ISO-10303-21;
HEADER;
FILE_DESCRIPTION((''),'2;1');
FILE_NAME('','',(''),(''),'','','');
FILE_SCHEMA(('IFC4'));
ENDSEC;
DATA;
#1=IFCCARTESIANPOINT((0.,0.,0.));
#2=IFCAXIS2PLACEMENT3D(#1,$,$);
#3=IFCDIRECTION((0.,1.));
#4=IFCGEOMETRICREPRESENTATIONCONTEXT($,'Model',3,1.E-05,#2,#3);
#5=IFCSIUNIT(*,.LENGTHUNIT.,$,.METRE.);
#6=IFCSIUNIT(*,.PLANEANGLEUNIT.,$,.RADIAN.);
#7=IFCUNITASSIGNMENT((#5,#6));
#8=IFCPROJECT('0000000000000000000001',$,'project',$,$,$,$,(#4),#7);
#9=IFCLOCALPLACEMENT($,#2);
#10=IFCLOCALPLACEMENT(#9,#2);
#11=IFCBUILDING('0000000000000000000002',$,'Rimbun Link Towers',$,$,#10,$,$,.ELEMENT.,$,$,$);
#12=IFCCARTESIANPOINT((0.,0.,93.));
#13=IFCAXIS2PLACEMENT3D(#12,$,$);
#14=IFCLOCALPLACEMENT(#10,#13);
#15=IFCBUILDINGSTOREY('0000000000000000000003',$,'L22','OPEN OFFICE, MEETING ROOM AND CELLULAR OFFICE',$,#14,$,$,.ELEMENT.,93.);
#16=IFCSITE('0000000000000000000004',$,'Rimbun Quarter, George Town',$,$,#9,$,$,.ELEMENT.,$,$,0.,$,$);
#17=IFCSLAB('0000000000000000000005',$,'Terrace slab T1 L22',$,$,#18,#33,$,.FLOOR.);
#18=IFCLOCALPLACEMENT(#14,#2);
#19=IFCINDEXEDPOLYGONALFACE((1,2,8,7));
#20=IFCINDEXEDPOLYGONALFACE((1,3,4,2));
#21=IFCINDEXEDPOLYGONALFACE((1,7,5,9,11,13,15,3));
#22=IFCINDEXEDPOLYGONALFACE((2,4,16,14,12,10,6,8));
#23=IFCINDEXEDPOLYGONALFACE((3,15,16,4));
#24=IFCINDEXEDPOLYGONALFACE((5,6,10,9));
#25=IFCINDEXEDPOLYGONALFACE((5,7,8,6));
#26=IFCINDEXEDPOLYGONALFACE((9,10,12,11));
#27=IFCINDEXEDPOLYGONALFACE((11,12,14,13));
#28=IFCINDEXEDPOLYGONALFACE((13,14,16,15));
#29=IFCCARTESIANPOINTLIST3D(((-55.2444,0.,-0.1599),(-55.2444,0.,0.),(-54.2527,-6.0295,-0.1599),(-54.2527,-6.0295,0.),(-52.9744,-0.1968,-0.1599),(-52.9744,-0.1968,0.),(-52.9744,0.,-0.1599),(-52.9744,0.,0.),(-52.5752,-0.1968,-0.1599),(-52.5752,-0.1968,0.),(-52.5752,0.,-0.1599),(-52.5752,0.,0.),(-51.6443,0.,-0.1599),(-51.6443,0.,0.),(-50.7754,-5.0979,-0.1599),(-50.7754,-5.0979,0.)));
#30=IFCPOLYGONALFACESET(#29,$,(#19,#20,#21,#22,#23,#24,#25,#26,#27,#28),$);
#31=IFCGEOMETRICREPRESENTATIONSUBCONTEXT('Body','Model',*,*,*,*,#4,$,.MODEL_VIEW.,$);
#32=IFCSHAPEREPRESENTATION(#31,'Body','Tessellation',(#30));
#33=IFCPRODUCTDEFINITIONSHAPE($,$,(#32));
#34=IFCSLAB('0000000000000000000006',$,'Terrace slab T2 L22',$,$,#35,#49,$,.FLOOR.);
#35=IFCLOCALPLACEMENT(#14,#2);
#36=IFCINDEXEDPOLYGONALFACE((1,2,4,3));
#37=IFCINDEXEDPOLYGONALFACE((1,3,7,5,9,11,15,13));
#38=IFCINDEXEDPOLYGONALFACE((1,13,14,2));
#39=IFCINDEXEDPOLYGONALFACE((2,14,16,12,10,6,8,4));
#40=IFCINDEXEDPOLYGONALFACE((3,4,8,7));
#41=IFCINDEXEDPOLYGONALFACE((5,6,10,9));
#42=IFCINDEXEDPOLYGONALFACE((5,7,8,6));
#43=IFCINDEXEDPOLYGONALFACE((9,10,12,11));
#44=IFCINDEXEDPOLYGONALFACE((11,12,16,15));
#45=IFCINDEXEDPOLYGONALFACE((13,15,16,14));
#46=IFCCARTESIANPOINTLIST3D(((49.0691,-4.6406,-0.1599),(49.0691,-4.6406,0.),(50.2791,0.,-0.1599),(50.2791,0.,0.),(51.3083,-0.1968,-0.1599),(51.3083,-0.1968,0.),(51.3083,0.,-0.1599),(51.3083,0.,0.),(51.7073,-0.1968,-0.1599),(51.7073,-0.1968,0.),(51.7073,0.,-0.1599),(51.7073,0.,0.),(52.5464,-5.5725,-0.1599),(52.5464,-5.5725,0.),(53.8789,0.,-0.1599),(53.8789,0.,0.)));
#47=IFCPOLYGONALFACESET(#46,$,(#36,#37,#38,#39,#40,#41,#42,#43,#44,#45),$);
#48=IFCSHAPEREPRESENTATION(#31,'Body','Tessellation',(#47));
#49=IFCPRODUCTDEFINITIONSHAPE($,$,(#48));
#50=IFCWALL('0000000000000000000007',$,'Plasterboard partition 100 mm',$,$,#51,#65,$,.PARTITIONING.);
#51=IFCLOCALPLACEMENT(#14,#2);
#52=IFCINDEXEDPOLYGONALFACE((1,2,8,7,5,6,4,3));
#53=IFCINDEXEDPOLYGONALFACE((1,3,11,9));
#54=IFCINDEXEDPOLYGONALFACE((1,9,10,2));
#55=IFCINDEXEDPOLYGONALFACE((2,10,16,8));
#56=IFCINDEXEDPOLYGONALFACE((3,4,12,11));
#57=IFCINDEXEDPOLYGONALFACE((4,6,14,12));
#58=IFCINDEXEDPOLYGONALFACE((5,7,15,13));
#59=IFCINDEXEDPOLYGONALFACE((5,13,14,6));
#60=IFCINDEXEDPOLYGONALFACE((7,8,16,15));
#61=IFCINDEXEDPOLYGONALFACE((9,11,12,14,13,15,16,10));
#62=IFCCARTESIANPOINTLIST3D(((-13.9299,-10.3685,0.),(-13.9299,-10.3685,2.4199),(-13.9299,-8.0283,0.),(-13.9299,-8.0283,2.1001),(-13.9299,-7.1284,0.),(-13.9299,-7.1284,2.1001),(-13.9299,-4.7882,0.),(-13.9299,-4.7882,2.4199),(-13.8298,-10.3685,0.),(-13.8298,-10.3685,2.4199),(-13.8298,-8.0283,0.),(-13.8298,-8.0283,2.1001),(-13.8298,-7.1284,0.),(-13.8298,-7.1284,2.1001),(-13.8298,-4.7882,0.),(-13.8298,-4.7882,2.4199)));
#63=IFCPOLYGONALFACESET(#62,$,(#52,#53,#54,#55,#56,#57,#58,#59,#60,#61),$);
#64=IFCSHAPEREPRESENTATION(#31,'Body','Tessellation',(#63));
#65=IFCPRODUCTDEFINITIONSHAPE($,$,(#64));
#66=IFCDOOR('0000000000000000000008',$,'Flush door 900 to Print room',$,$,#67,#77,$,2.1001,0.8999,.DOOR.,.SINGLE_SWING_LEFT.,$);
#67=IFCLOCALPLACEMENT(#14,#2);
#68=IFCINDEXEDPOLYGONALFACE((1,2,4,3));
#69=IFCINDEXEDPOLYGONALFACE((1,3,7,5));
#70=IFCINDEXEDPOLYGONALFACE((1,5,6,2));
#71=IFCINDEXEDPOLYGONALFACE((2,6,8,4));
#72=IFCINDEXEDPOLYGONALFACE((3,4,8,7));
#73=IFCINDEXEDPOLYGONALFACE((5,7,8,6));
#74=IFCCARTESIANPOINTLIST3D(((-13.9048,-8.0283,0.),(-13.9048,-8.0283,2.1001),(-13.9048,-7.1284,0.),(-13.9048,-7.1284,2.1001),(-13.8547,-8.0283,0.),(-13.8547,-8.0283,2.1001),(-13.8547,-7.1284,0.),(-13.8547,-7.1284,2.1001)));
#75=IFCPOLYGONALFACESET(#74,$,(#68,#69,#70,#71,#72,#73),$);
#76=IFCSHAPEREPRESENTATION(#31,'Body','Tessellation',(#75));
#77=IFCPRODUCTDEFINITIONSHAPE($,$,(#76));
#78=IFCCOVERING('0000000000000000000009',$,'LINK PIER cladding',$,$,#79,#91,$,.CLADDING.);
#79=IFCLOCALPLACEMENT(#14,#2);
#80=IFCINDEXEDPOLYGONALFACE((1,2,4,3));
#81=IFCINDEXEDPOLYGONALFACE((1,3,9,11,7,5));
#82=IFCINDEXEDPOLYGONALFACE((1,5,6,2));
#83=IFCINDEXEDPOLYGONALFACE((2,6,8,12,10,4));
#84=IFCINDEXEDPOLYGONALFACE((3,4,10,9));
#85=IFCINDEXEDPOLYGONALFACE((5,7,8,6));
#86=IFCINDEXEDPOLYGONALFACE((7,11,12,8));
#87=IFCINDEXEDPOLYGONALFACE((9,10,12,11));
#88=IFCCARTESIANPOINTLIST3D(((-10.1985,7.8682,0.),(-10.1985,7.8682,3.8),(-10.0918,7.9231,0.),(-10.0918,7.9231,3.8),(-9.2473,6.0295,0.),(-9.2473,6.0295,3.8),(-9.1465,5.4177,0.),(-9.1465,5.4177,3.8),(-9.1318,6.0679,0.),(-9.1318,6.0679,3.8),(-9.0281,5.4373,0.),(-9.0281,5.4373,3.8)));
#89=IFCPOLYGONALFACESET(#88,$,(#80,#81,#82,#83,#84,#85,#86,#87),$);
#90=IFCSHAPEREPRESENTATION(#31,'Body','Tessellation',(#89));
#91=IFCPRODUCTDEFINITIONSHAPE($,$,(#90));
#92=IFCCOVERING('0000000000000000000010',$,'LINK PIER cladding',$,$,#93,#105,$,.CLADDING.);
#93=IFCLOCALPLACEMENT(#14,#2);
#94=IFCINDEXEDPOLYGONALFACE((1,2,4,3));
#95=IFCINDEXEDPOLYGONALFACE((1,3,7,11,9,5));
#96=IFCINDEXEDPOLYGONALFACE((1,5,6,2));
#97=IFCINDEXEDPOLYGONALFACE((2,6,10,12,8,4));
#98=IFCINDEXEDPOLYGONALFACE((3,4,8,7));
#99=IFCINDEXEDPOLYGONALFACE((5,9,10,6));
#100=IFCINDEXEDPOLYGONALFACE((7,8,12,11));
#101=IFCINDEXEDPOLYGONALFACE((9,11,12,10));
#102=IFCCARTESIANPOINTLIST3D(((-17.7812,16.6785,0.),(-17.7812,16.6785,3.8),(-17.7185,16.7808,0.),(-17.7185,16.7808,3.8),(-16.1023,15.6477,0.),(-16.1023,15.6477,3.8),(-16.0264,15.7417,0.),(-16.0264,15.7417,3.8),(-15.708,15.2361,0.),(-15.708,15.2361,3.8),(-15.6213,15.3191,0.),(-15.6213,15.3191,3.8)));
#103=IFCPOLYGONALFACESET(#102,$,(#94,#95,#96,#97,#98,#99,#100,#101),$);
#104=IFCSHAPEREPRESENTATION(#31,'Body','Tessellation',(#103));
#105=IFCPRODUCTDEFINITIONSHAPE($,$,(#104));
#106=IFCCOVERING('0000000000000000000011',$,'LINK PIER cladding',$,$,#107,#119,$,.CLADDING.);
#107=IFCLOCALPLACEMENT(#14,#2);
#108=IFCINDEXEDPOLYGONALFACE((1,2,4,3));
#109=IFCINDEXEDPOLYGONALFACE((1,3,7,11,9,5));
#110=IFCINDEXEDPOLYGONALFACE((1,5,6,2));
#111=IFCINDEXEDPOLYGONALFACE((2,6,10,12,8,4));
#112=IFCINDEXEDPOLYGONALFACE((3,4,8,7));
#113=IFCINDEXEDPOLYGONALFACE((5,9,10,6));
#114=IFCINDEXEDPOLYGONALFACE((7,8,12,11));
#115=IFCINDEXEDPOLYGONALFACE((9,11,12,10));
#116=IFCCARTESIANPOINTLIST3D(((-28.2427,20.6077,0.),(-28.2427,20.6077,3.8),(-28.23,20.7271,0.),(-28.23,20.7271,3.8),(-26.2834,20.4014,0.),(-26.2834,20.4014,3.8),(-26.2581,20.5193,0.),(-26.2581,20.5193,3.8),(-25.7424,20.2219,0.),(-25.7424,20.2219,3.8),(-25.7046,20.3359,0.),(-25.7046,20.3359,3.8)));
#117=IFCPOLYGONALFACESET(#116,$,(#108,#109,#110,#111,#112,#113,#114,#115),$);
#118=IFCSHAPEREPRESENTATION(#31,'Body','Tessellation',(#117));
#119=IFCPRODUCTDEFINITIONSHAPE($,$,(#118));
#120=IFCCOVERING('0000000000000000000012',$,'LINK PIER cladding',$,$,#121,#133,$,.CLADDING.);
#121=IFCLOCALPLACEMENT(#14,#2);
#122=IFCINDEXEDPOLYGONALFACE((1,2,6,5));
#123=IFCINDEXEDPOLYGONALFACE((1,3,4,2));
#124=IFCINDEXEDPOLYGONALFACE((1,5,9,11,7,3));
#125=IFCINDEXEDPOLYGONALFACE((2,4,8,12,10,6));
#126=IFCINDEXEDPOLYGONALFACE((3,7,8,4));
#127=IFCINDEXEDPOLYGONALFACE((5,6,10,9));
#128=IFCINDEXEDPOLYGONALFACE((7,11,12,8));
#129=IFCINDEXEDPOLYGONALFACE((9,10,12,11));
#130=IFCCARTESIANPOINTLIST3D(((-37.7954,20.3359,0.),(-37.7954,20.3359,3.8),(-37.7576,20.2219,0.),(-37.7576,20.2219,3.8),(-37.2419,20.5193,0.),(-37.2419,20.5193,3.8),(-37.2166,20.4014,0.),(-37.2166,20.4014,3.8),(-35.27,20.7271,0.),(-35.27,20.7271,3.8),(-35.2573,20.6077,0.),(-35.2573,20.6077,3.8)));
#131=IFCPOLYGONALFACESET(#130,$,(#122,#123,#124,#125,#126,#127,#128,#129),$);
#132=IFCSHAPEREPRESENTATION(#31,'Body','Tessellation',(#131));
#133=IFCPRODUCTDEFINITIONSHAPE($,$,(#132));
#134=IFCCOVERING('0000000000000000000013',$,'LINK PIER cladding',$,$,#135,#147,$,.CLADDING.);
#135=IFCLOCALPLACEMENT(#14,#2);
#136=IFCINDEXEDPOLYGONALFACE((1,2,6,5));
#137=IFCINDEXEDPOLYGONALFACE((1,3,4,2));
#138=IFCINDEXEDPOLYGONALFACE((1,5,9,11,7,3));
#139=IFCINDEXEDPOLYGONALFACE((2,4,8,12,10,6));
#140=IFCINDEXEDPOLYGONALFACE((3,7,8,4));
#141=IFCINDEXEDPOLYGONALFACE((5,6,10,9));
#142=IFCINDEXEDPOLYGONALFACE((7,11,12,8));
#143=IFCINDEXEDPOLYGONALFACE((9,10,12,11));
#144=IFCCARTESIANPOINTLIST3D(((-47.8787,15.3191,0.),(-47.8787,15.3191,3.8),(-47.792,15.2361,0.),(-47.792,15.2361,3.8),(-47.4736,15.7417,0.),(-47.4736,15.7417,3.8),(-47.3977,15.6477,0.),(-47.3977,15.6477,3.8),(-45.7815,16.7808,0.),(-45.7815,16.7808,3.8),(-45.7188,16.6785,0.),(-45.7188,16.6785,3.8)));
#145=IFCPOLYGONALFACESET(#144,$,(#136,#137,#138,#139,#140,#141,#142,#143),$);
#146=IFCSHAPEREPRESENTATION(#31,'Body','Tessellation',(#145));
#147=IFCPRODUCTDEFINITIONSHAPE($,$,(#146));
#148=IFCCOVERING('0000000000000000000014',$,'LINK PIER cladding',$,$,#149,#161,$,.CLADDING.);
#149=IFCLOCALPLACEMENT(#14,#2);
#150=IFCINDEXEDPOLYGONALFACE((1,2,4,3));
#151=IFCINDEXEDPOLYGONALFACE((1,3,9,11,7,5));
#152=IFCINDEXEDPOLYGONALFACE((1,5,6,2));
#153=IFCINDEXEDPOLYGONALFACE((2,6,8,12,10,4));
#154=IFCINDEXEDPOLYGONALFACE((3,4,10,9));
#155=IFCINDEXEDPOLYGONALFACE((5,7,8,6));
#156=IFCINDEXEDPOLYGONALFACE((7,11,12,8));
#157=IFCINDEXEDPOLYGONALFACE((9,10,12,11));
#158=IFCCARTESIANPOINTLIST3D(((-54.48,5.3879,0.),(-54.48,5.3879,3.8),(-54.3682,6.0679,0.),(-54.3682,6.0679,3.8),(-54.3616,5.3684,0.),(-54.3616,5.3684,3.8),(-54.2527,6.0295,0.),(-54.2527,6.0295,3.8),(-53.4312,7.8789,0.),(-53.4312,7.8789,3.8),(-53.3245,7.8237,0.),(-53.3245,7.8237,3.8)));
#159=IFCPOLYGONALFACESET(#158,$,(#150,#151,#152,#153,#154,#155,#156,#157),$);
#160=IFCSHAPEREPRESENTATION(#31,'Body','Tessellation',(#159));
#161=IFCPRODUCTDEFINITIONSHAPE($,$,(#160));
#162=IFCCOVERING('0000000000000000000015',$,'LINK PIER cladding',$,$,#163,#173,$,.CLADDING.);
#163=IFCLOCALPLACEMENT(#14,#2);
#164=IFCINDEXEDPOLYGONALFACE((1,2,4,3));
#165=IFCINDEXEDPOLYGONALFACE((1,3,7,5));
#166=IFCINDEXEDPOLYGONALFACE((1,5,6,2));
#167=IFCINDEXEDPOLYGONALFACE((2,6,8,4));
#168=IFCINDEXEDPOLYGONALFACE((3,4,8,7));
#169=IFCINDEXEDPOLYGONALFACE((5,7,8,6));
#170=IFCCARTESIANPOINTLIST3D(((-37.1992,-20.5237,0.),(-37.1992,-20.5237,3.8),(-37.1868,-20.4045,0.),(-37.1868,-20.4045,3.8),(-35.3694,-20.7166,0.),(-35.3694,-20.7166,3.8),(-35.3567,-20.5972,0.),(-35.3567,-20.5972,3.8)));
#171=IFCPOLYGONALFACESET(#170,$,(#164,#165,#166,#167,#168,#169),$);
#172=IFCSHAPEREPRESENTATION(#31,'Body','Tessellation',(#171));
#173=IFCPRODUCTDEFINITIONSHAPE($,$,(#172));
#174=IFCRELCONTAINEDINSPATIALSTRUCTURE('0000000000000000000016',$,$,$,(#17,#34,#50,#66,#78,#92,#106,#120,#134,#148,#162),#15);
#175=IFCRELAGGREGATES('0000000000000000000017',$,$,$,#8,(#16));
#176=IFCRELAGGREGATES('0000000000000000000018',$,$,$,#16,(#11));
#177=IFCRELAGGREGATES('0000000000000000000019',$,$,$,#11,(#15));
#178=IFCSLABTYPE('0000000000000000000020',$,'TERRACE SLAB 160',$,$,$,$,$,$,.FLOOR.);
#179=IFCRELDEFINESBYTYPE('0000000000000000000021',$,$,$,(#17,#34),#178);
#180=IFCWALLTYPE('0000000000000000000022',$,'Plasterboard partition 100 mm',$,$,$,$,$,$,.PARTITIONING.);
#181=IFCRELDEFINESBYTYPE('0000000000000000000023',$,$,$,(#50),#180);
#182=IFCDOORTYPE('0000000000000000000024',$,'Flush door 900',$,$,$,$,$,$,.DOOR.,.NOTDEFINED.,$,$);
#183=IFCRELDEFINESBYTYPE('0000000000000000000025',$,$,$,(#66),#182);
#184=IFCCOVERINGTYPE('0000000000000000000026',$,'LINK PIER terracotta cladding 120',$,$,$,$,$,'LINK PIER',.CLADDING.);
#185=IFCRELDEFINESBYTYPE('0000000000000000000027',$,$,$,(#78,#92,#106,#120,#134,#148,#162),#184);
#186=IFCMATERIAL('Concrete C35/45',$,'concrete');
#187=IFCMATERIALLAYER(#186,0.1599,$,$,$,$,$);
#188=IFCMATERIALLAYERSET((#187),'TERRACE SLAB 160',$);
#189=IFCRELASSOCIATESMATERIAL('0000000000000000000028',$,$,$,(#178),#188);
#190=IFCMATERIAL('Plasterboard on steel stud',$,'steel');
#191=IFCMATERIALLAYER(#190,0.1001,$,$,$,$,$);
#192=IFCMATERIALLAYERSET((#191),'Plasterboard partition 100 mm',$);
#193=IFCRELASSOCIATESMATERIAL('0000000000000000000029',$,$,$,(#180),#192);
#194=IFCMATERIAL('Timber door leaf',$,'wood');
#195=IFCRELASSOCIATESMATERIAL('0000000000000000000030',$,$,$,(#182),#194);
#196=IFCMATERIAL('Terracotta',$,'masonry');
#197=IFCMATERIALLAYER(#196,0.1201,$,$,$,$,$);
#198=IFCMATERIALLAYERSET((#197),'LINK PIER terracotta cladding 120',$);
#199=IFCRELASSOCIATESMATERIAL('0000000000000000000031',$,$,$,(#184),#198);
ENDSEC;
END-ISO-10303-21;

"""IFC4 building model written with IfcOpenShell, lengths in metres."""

from ifc_helpers import new_model, si_unit, direction, frame, frame_2d, origin, place, context, subcontext, project, spatial, polyline, rectangle, outline, extrude, material, layer, layer_set, type_object, element, fill, save


model = new_model("IFC4")

# Units and contexts
model_context = context("Model", 3, precision=1e-05, world=origin(), true_north=direction((0.0, 1.0)))
body_context = subcontext(model_context, "Body", "Model", "MODEL_VIEW")
ifc_project = project(units=[si_unit("LENGTHUNIT", "METRE"), si_unit("PLANEANGLEUNIT", "RADIAN")], contexts=[model_context])

# Site, building, storey
site_placement = place(None, origin())
site = spatial("IfcSite", under=ifc_project, at=site_placement, Name="Rimbun Quarter, George Town", CompositionType="ELEMENT", RefElevation=0.0)
building_placement = place(site_placement, origin())
building = spatial("IfcBuilding", under=site, at=building_placement, Name="Rimbun Link Towers", CompositionType="ELEMENT")
storey_placement = place(building_placement, frame((0.0, 0.0, 93.0)))
storey = spatial("IfcBuildingStorey", under=building, at=storey_placement, Name="L22", Description="OPEN OFFICE, MEETING ROOM AND CELLULAR OFFICE", CompositionType="ELEMENT", Elevation=93.0)

# Slabs
ifc_material_1 = material(Name="Concrete C35/45", Category="concrete")
ifc_layer_1 = layer(ifc_material_1, 0.1599)
ifc_layer_set_1 = layer_set([ifc_layer_1], Name="TERRACE SLAB 160")
slab_type_1 = type_object("IfcSlabType", Name="TERRACE SLAB 160", PredefinedType="FLOOR", material=ifc_layer_set_1)
slab_1_placement = place(storey_placement, frame((0.0, 0.0, -0.1599)))
element("IfcSlab", 1, at=slab_1_placement, inside=storey, type_object=slab_type_1, Name="Terrace slab T1 L22", PredefinedType="FLOOR", context=body_context, shape_type="SweptSolid", body=[
    extrude(outline(polyline([(-51.6443, 0.0), (-50.7754, -5.0979), (-54.2527, -6.0295), (-55.2444, 0.0), (-52.9744, 0.0), (-52.9744, -0.1968), (-52.5752, -0.1968), (-52.5752, 0.0), (-51.6443, 0.0)])), origin(), (0.0, 0.0, 1.0), 0.1599),
])
slab_2_placement = place(storey_placement, frame((0.0, 0.0, -0.1599)))
element("IfcSlab", 2, at=slab_2_placement, inside=storey, type_object=slab_type_1, Name="Terrace slab T2 L22", PredefinedType="FLOOR", context=body_context, shape_type="SweptSolid", body=[
    extrude(outline(polyline([(53.8789, 0.0), (52.5464, -5.5725), (49.0691, -4.6406), (50.2791, 0.0), (51.3083, 0.0), (51.3083, -0.1968), (51.7073, -0.1968), (51.7073, 0.0), (53.8789, 0.0)])), origin(), (0.0, 0.0, 1.0), 0.1599),
])

# Wall, opening, door
ifc_material_2 = material(Name="Plasterboard on steel stud", Category="steel")
ifc_layer_2 = layer(ifc_material_2, 0.1001)
ifc_layer_set_2 = layer_set([ifc_layer_2], Name="Plasterboard partition 100 mm")
wall_type = type_object("IfcWallType", Name="Plasterboard partition 100 mm", PredefinedType="PARTITIONING", material=ifc_layer_set_2)
wall_placement = place(storey_placement, frame((-13.8799, -10.3684, 0.0), z_axis=(0.0, 0.0, 1.0), x_axis=(0.0, 1.0, 0.0)))
wall = element("IfcWall", 3, at=wall_placement, inside=storey, type_object=wall_type, Name="Plasterboard partition 100 mm", PredefinedType="PARTITIONING", context=body_context, shape_type="SweptSolid", body=[
    extrude(rectangle(XDim=5.5803, YDim=0.1001, at=frame_2d((2.79, 0.0))), origin(), (0.0, 0.0, 1.0), 2.4199),
])
opening_placement = place(wall_placement, frame((2.3401, 0.0, 0.0)))
opening = element("IfcOpeningElement", 4, at=opening_placement, cuts=wall, PredefinedType="OPENING", context=body_context, shape_type="SweptSolid", body=[
    extrude(rectangle(XDim=0.8999, YDim=2.1001, at=frame_2d((0.45, 1.05))), frame((0.0, 0.0601, 0.0), z_axis=(0.0, -1.0, 0.0), x_axis=(1.0, 0.0, 0.0)), (0.0, 0.0, 1.0), 0.1201),
])
ifc_material_3 = material(Name="Timber door leaf", Category="wood")
door_type = type_object("IfcDoorType", Name="Flush door 900", OperationType="NOTDEFINED", PredefinedType="DOOR", material=ifc_material_3)
door_placement = place(opening_placement, origin())
door = element("IfcDoor", 5, at=door_placement, inside=storey, type_object=door_type, Name="Flush door 900 to Print room", OperationType="SINGLE_SWING_LEFT", OverallHeight=2.1001, OverallWidth=0.8999, PredefinedType="DOOR", context=body_context, shape_type="SweptSolid", body=[
    extrude(rectangle(XDim=0.8999, YDim=2.1001, at=frame_2d((0.45, 1.05))), frame((0.0, 0.0249, 0.0), z_axis=(0.0, -1.0, 0.0), x_axis=(1.0, 0.0, 0.0)), (0.0, 0.0, 1.0), 0.05),
])
fill(opening, door)

# Coverings
ifc_material_4 = material(Name="Terracotta", Category="masonry")
ifc_layer_3 = layer(ifc_material_4, 0.1201)
ifc_layer_set_3 = layer_set([ifc_layer_3], Name="LINK PIER terracotta cladding 120")
covering_type_1 = type_object("IfcCoveringType", Name="LINK PIER terracotta cladding 120", ElementType="LINK PIER", PredefinedType="CLADDING", material=ifc_layer_set_3)
covering_1_placement = place(storey_placement, origin())
element("IfcCovering", 6, at=covering_1_placement, inside=storey, type_object=covering_type_1, Name="LINK PIER cladding", PredefinedType="CLADDING", context=body_context, shape_type="SweptSolid", body=[
    extrude(outline(polyline([(-10.1985, 7.8682), (-9.2473, 6.0295), (-9.1465, 5.4177), (-9.0281, 5.4373), (-9.1318, 6.0679), (-10.0918, 7.9231), (-10.1985, 7.8682)])), origin(), (0.0, 0.0, 1.0), 3.8),
])
covering_2_placement = place(storey_placement, origin())
element("IfcCovering", 7, at=covering_2_placement, inside=storey, type_object=covering_type_1, Name="LINK PIER cladding", PredefinedType="CLADDING", context=body_context, shape_type="SweptSolid", body=[
    extrude(outline(polyline([(-17.7812, 16.6785), (-16.1023, 15.6477), (-15.708, 15.2361), (-15.6213, 15.3191), (-16.0264, 15.7417), (-17.7185, 16.7808), (-17.7812, 16.6785)])), origin(), (0.0, 0.0, 1.0), 3.8),
])
covering_3_placement = place(storey_placement, origin())
element("IfcCovering", 8, at=covering_3_placement, inside=storey, type_object=covering_type_1, Name="LINK PIER cladding", PredefinedType="CLADDING", context=body_context, shape_type="SweptSolid", body=[
    extrude(outline(polyline([(-28.2427, 20.6077), (-26.2834, 20.4014), (-25.7424, 20.2219), (-25.7046, 20.3359), (-26.2581, 20.5193), (-28.23, 20.7271), (-28.2427, 20.6077)])), origin(), (0.0, 0.0, 1.0), 3.8),
])
covering_4_placement = place(storey_placement, origin())
element("IfcCovering", 9, at=covering_4_placement, inside=storey, type_object=covering_type_1, Name="LINK PIER cladding", PredefinedType="CLADDING", context=body_context, shape_type="SweptSolid", body=[
    extrude(outline(polyline([(-37.7576, 20.2219), (-37.2166, 20.4014), (-35.2573, 20.6077), (-35.27, 20.7271), (-37.2419, 20.5193), (-37.7954, 20.3359), (-37.7576, 20.2219)])), origin(), (0.0, 0.0, 1.0), 3.8),
])
covering_5_placement = place(storey_placement, origin())
element("IfcCovering", 10, at=covering_5_placement, inside=storey, type_object=covering_type_1, Name="LINK PIER cladding", PredefinedType="CLADDING", context=body_context, shape_type="SweptSolid", body=[
    extrude(outline(polyline([(-47.792, 15.2361), (-47.3977, 15.6477), (-45.7188, 16.6785), (-45.7815, 16.7808), (-47.4736, 15.7417), (-47.8787, 15.3191), (-47.792, 15.2361)])), origin(), (0.0, 0.0, 1.0), 3.8),
])
covering_6_placement = place(storey_placement, origin())
element("IfcCovering", 11, at=covering_6_placement, inside=storey, type_object=covering_type_1, Name="LINK PIER cladding", PredefinedType="CLADDING", context=body_context, shape_type="SweptSolid", body=[
    extrude(outline(polyline([(-54.3616, 5.3684), (-54.2527, 6.0295), (-53.3245, 7.8237), (-53.4312, 7.8789), (-54.3682, 6.0679), (-54.48, 5.3879), (-54.3616, 5.3684)])), origin(), (0.0, 0.0, 1.0), 3.8),
])
covering_7_placement = place(storey_placement, origin())
element("IfcCovering", 12, at=covering_7_placement, inside=storey, type_object=covering_type_1, Name="LINK PIER cladding", PredefinedType="CLADDING", context=body_context, shape_type="SweptSolid", body=[
    extrude(outline(polyline([(-35.3567, -20.5972), (-37.1868, -20.4045), (-37.1992, -20.5237), (-35.3694, -20.7166), (-35.3567, -20.5972)])), origin(), (0.0, 0.0, 1.0), 3.8),
])

save(model, "model.ifc")
